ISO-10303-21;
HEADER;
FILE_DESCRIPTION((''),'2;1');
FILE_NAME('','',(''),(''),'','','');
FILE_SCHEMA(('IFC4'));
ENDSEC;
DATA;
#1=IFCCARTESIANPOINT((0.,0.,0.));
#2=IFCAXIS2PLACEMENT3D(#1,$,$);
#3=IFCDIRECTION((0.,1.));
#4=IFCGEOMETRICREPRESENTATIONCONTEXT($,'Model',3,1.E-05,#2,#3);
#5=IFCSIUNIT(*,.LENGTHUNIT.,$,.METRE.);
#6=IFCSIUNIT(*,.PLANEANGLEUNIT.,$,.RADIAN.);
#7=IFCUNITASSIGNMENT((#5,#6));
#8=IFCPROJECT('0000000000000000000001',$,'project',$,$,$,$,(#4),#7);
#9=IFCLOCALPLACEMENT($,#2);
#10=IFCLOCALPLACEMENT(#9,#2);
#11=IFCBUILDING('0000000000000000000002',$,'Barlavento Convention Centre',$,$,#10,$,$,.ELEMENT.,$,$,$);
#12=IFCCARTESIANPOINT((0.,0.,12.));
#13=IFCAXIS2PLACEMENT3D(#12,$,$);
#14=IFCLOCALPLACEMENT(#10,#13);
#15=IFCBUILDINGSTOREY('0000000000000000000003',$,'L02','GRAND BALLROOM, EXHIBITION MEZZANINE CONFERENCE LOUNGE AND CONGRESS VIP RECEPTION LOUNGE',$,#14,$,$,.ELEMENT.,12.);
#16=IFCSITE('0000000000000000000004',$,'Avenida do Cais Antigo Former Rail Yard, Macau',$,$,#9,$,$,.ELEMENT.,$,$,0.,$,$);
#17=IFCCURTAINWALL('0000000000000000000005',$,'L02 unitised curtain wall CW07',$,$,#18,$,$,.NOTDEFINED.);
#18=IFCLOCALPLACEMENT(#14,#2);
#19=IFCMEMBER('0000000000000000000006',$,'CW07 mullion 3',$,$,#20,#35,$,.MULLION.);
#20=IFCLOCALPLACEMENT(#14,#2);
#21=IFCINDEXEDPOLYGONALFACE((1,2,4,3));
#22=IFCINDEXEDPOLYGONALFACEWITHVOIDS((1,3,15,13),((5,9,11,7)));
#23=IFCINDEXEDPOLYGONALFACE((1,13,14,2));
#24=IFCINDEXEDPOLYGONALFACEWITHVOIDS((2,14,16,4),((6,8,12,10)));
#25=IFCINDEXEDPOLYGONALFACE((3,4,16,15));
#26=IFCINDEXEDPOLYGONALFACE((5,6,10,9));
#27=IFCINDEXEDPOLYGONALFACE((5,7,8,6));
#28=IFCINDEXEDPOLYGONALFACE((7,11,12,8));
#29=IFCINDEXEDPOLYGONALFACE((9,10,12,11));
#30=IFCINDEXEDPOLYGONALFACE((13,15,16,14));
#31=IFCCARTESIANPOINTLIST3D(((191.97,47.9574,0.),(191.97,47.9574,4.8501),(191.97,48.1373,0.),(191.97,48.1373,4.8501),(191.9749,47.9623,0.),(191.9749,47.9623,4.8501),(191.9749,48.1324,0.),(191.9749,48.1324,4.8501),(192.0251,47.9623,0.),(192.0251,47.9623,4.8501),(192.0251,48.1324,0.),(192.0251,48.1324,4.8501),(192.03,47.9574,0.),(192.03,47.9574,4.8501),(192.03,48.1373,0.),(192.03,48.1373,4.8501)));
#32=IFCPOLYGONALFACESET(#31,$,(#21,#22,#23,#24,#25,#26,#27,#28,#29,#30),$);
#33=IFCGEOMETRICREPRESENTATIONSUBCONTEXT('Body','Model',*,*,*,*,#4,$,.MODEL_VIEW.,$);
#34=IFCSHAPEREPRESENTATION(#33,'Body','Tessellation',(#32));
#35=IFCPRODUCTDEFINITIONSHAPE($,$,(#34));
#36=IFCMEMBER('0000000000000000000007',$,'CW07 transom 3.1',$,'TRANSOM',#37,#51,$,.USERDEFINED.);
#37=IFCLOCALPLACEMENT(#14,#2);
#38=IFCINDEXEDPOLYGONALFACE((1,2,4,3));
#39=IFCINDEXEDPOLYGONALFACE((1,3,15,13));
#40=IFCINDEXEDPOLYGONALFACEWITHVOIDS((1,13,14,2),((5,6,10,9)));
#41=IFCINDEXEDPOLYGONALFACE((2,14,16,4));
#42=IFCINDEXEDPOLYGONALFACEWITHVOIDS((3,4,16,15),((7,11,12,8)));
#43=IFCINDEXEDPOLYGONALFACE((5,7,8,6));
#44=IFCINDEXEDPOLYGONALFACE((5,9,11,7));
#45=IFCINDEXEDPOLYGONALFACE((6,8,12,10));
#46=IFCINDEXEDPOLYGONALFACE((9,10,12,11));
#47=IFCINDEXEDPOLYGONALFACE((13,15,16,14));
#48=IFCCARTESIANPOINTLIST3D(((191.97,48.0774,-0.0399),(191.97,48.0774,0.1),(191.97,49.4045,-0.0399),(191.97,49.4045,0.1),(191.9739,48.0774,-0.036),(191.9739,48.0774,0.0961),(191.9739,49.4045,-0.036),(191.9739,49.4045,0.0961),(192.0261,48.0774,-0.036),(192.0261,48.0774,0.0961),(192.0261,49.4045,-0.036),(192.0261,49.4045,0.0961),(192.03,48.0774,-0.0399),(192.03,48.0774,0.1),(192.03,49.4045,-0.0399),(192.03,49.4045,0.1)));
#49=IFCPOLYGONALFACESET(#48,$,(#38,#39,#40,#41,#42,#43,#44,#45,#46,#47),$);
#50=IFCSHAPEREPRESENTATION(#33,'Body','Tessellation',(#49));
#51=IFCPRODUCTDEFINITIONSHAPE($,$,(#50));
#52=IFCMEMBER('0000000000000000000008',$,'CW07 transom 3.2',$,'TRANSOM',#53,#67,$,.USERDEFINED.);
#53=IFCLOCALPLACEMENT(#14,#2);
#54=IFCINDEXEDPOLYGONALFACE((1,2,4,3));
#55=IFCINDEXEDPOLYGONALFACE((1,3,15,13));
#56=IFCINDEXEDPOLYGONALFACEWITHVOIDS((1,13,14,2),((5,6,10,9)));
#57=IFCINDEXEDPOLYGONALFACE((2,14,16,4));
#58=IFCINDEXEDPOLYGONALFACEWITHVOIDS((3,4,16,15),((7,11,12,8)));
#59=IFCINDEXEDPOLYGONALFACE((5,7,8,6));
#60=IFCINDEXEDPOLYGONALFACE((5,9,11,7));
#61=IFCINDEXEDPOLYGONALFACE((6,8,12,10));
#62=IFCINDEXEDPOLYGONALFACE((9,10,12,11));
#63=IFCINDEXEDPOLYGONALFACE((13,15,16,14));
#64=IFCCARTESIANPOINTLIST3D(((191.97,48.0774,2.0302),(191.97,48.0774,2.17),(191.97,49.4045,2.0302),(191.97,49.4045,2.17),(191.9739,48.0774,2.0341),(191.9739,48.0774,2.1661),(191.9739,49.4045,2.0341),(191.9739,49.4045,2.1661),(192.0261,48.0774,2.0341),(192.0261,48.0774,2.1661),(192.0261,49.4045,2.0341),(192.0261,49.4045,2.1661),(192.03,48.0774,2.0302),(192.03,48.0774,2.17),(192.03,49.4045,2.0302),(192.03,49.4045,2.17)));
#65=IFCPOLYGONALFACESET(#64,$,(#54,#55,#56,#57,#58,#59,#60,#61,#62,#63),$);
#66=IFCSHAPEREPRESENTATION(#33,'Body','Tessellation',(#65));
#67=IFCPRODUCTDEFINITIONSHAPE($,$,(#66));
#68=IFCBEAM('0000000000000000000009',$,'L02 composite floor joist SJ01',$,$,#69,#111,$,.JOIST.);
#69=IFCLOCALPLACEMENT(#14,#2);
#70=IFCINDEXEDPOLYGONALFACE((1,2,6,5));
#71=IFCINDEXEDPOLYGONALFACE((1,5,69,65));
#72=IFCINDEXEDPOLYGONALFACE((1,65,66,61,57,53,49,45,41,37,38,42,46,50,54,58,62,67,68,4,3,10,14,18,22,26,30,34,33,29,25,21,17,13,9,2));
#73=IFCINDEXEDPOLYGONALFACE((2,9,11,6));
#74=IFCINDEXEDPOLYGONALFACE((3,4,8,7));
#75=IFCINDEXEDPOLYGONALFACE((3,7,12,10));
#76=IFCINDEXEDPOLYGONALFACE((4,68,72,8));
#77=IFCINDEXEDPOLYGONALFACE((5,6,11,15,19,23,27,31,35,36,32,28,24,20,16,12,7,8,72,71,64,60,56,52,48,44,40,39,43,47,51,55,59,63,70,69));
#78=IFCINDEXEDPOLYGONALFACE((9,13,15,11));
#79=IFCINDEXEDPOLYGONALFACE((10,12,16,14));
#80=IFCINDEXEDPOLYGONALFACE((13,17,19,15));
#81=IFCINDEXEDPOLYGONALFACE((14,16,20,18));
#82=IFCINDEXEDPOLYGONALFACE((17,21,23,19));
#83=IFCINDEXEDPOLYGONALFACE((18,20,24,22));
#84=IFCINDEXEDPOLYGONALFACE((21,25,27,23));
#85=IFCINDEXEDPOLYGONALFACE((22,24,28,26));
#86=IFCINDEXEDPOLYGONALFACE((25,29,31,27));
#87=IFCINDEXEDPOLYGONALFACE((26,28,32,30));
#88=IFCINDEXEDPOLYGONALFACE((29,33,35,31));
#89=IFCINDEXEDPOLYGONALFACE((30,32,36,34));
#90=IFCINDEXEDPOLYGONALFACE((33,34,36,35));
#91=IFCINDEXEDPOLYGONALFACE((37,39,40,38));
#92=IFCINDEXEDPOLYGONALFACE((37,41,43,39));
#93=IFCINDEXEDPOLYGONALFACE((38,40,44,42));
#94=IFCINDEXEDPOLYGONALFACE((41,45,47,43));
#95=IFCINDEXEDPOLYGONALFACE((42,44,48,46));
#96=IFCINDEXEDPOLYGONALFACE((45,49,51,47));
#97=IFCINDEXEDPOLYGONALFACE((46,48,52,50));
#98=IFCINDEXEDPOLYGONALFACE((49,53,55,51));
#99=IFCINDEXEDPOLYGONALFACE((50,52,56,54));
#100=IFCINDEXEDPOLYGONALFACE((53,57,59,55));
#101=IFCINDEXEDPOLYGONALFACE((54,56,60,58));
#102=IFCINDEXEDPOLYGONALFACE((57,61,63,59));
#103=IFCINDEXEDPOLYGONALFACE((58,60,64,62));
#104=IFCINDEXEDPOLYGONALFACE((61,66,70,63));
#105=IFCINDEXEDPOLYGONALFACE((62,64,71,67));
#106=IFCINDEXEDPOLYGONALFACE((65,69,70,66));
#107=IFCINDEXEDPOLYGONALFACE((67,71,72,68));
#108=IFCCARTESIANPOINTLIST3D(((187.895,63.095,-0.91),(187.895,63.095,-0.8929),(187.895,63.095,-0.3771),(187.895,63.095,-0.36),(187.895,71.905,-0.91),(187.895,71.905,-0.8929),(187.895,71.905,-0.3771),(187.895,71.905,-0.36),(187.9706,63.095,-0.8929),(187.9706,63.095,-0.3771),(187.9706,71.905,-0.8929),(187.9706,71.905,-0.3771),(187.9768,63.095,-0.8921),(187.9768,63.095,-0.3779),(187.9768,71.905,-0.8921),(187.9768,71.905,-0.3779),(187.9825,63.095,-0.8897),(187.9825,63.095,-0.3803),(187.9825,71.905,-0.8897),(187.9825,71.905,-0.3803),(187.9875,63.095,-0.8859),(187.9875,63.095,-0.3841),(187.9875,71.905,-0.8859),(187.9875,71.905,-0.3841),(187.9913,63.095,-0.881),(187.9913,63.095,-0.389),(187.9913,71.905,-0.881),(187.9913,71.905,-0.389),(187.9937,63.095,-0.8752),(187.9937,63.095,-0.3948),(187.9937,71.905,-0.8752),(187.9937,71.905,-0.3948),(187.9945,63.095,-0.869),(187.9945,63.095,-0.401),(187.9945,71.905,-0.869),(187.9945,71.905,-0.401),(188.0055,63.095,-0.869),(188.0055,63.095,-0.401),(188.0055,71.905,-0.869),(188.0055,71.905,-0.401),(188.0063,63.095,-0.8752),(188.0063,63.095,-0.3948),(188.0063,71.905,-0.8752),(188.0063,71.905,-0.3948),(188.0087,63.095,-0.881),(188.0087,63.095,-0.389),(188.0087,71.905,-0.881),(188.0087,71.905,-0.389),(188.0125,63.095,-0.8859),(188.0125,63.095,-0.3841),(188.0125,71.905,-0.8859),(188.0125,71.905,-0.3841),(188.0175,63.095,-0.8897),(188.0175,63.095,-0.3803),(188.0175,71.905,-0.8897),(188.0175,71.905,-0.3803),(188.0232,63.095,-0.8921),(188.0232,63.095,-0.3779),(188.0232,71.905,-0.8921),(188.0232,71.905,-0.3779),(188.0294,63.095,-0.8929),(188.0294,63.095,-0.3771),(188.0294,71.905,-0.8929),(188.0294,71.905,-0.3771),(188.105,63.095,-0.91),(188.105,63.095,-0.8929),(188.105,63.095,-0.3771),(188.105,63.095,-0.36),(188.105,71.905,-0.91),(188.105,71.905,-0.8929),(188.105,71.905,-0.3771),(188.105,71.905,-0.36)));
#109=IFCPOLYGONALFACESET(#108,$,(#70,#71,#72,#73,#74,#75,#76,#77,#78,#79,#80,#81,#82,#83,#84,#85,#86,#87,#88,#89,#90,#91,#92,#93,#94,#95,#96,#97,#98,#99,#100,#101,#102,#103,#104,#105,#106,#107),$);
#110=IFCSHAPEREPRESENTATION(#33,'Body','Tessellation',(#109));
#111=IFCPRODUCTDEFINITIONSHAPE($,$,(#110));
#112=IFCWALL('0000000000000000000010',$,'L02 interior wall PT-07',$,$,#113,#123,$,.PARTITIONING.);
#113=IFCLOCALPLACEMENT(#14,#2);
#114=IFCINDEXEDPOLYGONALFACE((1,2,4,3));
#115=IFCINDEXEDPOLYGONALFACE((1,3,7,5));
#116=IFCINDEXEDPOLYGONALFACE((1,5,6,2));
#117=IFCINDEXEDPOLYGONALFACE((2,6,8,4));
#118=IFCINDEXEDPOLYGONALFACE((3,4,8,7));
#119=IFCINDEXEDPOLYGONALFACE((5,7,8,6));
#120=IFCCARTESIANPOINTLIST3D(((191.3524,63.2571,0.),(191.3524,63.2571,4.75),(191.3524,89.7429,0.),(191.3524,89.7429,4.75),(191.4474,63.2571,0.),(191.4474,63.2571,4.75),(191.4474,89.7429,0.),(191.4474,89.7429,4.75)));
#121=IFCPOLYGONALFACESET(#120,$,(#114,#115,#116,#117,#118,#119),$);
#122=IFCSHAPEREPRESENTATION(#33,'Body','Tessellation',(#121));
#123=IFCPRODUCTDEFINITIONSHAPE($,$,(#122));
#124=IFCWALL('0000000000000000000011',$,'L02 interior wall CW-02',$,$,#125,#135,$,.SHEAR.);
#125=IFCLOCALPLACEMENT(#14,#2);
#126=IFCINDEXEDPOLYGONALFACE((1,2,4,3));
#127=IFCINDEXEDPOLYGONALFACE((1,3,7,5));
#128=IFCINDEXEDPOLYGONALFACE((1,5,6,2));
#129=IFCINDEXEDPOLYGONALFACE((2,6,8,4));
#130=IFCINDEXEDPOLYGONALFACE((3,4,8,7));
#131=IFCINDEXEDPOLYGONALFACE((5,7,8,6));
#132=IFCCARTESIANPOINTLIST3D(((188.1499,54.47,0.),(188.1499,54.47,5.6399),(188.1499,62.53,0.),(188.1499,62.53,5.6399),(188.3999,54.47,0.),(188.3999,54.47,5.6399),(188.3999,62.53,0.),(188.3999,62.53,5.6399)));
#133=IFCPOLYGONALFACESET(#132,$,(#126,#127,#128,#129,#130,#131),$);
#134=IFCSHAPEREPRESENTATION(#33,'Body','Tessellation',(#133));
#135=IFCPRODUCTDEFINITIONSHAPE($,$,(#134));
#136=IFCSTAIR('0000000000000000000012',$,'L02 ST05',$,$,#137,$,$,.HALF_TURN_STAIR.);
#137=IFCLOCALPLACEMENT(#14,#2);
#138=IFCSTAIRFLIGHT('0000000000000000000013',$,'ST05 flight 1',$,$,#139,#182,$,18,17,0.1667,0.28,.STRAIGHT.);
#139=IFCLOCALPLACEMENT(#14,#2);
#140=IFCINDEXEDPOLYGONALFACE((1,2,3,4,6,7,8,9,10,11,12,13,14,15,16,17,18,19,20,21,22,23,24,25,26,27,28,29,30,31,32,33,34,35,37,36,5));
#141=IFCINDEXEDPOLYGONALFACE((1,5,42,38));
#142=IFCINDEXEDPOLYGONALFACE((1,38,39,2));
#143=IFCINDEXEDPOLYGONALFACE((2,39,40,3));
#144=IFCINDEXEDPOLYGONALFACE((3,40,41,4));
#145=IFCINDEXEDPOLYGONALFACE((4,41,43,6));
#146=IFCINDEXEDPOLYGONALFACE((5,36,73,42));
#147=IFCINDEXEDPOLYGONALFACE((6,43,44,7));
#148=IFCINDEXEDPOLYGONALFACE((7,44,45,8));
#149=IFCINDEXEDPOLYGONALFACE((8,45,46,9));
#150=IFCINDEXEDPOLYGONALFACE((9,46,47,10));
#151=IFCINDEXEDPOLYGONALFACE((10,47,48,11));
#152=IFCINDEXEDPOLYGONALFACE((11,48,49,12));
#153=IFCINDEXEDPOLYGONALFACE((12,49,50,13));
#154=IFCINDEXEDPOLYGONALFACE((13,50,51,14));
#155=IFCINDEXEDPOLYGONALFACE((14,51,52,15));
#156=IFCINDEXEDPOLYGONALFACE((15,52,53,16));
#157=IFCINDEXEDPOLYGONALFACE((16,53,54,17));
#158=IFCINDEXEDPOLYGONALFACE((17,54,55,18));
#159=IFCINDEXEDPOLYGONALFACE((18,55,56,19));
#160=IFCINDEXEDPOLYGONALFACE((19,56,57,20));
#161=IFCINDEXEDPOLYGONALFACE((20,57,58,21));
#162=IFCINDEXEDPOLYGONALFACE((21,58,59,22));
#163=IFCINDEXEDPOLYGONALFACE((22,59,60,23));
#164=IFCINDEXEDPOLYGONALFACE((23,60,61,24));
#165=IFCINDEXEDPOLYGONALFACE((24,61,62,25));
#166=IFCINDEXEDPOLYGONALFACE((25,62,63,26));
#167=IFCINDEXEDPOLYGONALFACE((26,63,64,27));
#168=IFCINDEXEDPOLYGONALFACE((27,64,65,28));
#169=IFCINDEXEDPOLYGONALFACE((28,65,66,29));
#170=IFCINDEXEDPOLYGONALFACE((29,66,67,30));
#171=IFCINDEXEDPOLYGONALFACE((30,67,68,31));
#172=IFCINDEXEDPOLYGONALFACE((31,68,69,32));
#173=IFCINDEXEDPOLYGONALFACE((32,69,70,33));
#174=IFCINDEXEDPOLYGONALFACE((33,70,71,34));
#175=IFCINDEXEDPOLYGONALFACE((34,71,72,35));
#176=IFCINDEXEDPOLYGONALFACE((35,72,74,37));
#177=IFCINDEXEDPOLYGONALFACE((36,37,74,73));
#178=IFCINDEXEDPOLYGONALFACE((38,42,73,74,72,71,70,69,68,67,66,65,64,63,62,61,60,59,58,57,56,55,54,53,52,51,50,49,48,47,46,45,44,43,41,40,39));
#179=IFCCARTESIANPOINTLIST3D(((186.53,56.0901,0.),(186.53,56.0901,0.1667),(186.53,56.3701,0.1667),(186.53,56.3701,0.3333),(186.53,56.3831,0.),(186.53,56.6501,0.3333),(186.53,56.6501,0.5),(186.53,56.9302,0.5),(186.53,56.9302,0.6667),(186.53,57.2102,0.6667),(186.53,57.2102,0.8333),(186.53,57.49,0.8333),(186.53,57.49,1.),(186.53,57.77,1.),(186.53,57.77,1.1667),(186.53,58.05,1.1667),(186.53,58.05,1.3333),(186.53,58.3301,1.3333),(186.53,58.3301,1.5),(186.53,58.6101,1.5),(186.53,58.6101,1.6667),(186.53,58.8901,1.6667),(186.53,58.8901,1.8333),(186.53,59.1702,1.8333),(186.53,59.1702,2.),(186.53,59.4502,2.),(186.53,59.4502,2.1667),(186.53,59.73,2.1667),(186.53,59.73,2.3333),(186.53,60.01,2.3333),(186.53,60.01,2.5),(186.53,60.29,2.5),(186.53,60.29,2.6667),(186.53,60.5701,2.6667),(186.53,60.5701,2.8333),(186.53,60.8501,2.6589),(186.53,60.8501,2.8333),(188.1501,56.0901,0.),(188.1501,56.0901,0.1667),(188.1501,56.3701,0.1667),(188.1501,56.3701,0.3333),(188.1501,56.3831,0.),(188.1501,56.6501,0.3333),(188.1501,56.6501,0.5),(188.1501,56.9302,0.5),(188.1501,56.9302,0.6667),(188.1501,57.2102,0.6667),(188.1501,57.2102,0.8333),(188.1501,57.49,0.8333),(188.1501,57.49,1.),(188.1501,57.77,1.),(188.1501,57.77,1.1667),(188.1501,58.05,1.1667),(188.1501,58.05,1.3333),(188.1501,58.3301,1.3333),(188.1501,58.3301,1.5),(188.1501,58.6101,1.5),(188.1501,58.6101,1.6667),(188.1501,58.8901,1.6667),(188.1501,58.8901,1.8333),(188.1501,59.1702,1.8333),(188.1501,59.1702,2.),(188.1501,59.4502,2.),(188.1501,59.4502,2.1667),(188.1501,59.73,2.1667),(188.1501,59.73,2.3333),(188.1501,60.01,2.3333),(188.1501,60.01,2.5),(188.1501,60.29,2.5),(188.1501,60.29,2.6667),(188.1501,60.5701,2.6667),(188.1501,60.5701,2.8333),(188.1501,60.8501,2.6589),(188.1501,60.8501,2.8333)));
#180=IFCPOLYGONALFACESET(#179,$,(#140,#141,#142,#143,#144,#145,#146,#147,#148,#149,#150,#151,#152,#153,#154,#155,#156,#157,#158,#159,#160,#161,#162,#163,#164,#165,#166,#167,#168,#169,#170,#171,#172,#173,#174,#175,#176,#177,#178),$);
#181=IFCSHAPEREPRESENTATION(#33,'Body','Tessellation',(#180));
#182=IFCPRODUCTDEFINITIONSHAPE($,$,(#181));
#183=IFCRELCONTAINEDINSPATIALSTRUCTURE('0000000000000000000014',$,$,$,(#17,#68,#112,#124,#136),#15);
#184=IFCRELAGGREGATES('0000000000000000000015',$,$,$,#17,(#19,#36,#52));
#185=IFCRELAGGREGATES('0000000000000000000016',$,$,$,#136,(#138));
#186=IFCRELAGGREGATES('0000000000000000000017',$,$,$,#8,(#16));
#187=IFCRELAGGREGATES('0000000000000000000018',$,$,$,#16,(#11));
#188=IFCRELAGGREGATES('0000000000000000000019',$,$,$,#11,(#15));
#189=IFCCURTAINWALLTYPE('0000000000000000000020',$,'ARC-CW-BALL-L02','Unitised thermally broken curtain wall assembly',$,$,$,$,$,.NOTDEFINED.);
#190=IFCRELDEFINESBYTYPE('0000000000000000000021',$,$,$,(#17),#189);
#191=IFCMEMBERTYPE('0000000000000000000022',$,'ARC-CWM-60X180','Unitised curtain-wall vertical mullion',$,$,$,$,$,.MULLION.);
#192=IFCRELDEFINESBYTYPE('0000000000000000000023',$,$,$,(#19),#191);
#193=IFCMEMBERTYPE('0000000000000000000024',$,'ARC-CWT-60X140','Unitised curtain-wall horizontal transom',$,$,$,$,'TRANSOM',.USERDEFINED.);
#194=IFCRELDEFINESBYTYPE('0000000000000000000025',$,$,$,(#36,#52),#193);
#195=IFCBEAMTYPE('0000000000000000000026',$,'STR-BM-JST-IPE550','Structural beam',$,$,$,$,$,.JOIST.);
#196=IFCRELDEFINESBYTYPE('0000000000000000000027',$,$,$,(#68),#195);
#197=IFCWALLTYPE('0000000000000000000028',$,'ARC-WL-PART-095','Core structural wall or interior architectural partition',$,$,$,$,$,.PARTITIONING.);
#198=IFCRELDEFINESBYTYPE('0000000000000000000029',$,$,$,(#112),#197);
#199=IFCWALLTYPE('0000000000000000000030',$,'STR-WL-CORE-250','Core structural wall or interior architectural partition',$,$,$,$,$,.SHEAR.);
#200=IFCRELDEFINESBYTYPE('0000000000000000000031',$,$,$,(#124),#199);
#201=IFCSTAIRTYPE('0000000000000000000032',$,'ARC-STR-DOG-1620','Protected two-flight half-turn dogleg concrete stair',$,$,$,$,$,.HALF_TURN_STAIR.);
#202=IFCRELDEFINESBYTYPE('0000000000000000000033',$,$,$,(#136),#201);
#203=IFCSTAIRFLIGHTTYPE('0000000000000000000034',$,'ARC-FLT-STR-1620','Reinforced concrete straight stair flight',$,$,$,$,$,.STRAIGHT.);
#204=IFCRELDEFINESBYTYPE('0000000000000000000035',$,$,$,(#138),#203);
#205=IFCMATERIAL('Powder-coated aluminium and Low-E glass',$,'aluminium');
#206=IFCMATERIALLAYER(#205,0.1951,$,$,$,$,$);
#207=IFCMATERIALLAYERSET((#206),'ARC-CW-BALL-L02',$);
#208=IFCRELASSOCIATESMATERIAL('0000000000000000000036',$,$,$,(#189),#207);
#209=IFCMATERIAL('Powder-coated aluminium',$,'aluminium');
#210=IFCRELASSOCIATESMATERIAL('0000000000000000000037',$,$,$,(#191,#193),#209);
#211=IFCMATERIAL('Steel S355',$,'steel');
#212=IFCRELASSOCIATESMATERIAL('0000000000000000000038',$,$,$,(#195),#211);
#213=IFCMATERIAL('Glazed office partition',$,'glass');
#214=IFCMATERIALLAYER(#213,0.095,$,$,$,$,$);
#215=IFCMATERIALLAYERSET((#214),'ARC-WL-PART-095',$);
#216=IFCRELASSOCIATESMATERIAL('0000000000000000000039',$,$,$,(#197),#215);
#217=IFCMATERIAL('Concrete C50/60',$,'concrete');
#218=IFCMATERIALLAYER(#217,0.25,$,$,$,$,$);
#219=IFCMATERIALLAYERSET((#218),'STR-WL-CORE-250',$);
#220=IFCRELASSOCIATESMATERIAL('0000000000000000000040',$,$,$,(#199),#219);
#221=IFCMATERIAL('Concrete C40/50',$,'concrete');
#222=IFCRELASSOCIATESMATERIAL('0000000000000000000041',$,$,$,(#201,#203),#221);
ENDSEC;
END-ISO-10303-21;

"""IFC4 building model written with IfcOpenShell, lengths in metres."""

from ifc_helpers import new_model, si_unit, direction, frame, frame_2d, origin, origin_2d, place, context, subcontext, project, spatial, polyline, rectangle, hollow_rectangle, i_section, outline, extrude, material, layer, layer_set, material_profile, profile_set, type_object, element, aggregate, save


model = new_model("IFC4")

# Units and contexts
model_context = context("Model", 3, precision=1e-05, world=origin(), true_north=direction((0.0, 1.0)))
body_context = subcontext(model_context, "Body", "Model", "MODEL_VIEW")
ifc_project = project(units=[si_unit("LENGTHUNIT", "METRE"), si_unit("PLANEANGLEUNIT", "RADIAN")], contexts=[model_context])

# Site, building, storey
site_placement = place(None, origin())
site = spatial("IfcSite", under=ifc_project, at=site_placement, Name="Avenida do Cais Antigo Former Rail Yard, Macau", CompositionType="ELEMENT", RefElevation=0.0)
building_placement = place(site_placement, origin())
building = spatial("IfcBuilding", under=site, at=building_placement, Name="Barlavento Convention Centre", CompositionType="ELEMENT")
storey_placement = place(building_placement, frame((0.0, 0.0, 12.0)))
storey = spatial("IfcBuildingStorey", under=building, at=storey_placement, Name="L02", Description="GRAND BALLROOM, EXHIBITION MEZZANINE CONFERENCE LOUNGE AND CONGRESS VIP RECEPTION LOUNGE", CompositionType="ELEMENT", Elevation=12.0)

# Curtain wall, members
ifc_material_1 = material(Name="Powder-coated aluminium and Low-E glass", Category="aluminium")
ifc_layer_1 = layer(ifc_material_1, 0.1951)
ifc_layer_set_1 = layer_set([ifc_layer_1], Name="ARC-CW-BALL-L02")
curtain_wall_type = type_object("IfcCurtainWallType", Name="ARC-CW-BALL-L02", Description="Unitised thermally broken curtain wall assembly", PredefinedType="NOTDEFINED", material=ifc_layer_set_1)
curtain_wall_placement = place(storey_placement, origin())
curtain_wall = element("IfcCurtainWall", 1, at=curtain_wall_placement, inside=storey, type_object=curtain_wall_type, Name="L02 unitised curtain wall CW07", PredefinedType="NOTDEFINED")
ifc_material_2 = material(Name="Powder-coated aluminium", Category="aluminium")
ifc_material_profile_1 = material_profile(ifc_material_2, hollow_rectangle(XDim=0.0601, YDim=0.1799, WallThickness=0.0049, at=origin_2d()), Name="AL-MULL 60x180x5")
ifc_profile_set_1 = profile_set([ifc_material_profile_1], Name="Powder-coated aluminium")
member_type_1 = type_object("IfcMemberType", Name="ARC-CWM-60X180", Description="Unitised curtain-wall vertical mullion", PredefinedType="MULLION", material=ifc_profile_set_1)
member_1_placement = place(storey_placement, frame((192.0, 48.0474, 0.0), z_axis=(0.0, 0.0, 1.0), x_axis=(-1.0, 0.0, 0.0)))
member_1 = element("IfcMember", 2, at=member_1_placement, type_object=member_type_1, Name="CW07 mullion 3", PredefinedType="MULLION", context=body_context, shape_type="SweptSolid", body=[
    extrude(hollow_rectangle(XDim=0.0601, YDim=0.1799, WallThickness=0.0049, at=origin_2d()), origin(), (0.0, 0.0, 1.0), 4.8501),
])
ifc_material_profile_2 = material_profile(ifc_material_2, hollow_rectangle(XDim=0.0601, YDim=0.1399, WallThickness=0.0039, at=origin_2d()), Name="AL-TRAN 60x140x4")
ifc_profile_set_2 = profile_set([ifc_material_profile_2], Name="Powder-coated aluminium")
member_type_2 = type_object("IfcMemberType", Name="ARC-CWT-60X140", Description="Unitised curtain-wall horizontal transom", ElementType="TRANSOM", PredefinedType="USERDEFINED", material=ifc_profile_set_2)
member_2_placement = place(storey_placement, frame((192.0, 48.0774, 0.03), z_axis=(0.0, 1.0, 0.0), x_axis=(-1.0, 0.0, 0.0)))
member_2 = element("IfcMember", 3, at=member_2_placement, type_object=member_type_2, Name="CW07 transom 3.1", ObjectType="TRANSOM", PredefinedType="USERDEFINED", context=body_context, shape_type="SweptSolid", body=[
    extrude(hollow_rectangle(XDim=0.0601, YDim=0.1399, WallThickness=0.0039, at=origin_2d()), origin(), (0.0, 0.0, 1.0), 1.3271),
])
member_3_placement = place(storey_placement, frame((192.0, 48.0774, 2.1001), z_axis=(0.0, 1.0, 0.0), x_axis=(-1.0, 0.0, 0.0)))
member_3 = element("IfcMember", 4, at=member_3_placement, type_object=member_type_2, Name="CW07 transom 3.2", ObjectType="TRANSOM", PredefinedType="USERDEFINED", context=body_context, shape_type="SweptSolid", body=[
    extrude(hollow_rectangle(XDim=0.0601, YDim=0.1399, WallThickness=0.0039, at=origin_2d()), origin(), (0.0, 0.0, 1.0), 1.3271),
])
aggregate(curtain_wall, [member_1, member_2, member_3])

# Beam
ifc_material_3 = material(Name="Steel S355", Category="steel")
ifc_material_profile_3 = material_profile(ifc_material_3, i_section(OverallWidth=0.21, OverallDepth=0.55, WebThickness=0.011, FlangeThickness=0.0171, FilletRadius=0.0239, at=origin_2d()), Name="IPE 550")
ifc_profile_set_3 = profile_set([ifc_material_profile_3], Name="Steel S355")
beam_type = type_object("IfcBeamType", Name="STR-BM-JST-IPE550", Description="Structural beam", PredefinedType="JOIST", material=ifc_profile_set_3)
beam_placement = place(storey_placement, frame((188.0, 63.095, -0.635), z_axis=(0.0, 1.0, 0.0), x_axis=(-1.0, 0.0, 0.0)))
element("IfcBeam", 5, at=beam_placement, inside=storey, type_object=beam_type, Name="L02 composite floor joist SJ01", PredefinedType="JOIST", context=body_context, shape_type="SweptSolid", body=[
    extrude(i_section(OverallWidth=0.21, OverallDepth=0.55, WebThickness=0.011, FlangeThickness=0.0171, FilletRadius=0.0239, at=origin_2d()), origin(), (0.0, 0.0, 1.0), 8.8101),
])

# Walls
ifc_material_4 = material(Name="Glazed office partition", Category="glass")
ifc_layer_2 = layer(ifc_material_4, 0.095)
ifc_layer_set_2 = layer_set([ifc_layer_2], Name="ARC-WL-PART-095")
wall_type_1 = type_object("IfcWallType", Name="ARC-WL-PART-095", Description="Core structural wall or interior architectural partition", PredefinedType="PARTITIONING", material=ifc_layer_set_2)
wall_1_placement = place(storey_placement, frame((191.3999, 63.2571, 0.0), z_axis=(0.0, 0.0, 1.0), x_axis=(0.0, 1.0, 0.0)))
element("IfcWall", 6, at=wall_1_placement, inside=storey, type_object=wall_type_1, Name="L02 interior wall PT-07", PredefinedType="PARTITIONING", context=body_context, shape_type="SweptSolid", body=[
    extrude(rectangle(XDim=26.4858, YDim=0.095, at=frame_2d((13.2429, 0.0))), origin(), (0.0, 0.0, 1.0), 4.75),
])
ifc_material_5 = material(Name="Concrete C50/60", Category="concrete")
ifc_layer_3 = layer(ifc_material_5, 0.25)
ifc_layer_set_3 = layer_set([ifc_layer_3], Name="STR-WL-CORE-250")
wall_type_2 = type_object("IfcWallType", Name="STR-WL-CORE-250", Description="Core structural wall or interior architectural partition", PredefinedType="SHEAR", material=ifc_layer_set_3)
wall_2_placement = place(storey_placement, frame((188.2749, 54.47, 0.0), z_axis=(0.0, 0.0, 1.0), x_axis=(0.0, 1.0, 0.0)))
element("IfcWall", 7, at=wall_2_placement, inside=storey, type_object=wall_type_2, Name="L02 interior wall CW-02", PredefinedType="SHEAR", context=body_context, shape_type="SweptSolid", body=[
    extrude(rectangle(XDim=8.0601, YDim=0.25, at=frame_2d((4.03, 0.0))), origin(), (0.0, 0.0, 1.0), 5.6399),
])

# Stair, stair flight
ifc_material_6 = material(Name="Concrete C40/50", Category="concrete")
stair_type = type_object("IfcStairType", Name="ARC-STR-DOG-1620", Description="Protected two-flight half-turn dogleg concrete stair", PredefinedType="HALF_TURN_STAIR", material=ifc_material_6)
stair_placement = place(storey_placement, origin())
stair = element("IfcStair", 8, at=stair_placement, inside=storey, type_object=stair_type, Name="L02 ST05", PredefinedType="HALF_TURN_STAIR")
stair_flight_type = type_object("IfcStairFlightType", Name="ARC-FLT-STR-1620", Description="Reinforced concrete straight stair flight", PredefinedType="STRAIGHT", material=ifc_material_6)
stair_flight_1_placement = place(storey_placement, frame((187.3401, 56.0901, 0.0), z_axis=(0.0, 0.0, 1.0), x_axis=(0.0, 1.0, 0.0)))
stair_flight_1 = element("IfcStairFlight", 9, at=stair_flight_1_placement, type_object=stair_flight_type, Name="ST05 flight 1", NumberOfRisers=18, NumberOfTreads=17, PredefinedType="STRAIGHT", RiserHeight=0.1667, TreadLength=0.28, context=body_context, shape_type="SweptSolid", body=[
    extrude(outline(polyline([(0.0, 0.0), (0.0, 0.1667), (0.28, 0.1667), (0.28, 0.3333), (0.5601, 0.3333), (0.5601, 0.5), (0.8401, 0.5), (0.8401, 0.6667), (1.1201, 0.6667), (1.1201, 0.8333), (1.3999, 0.8333), (1.3999, 1.0), (1.6799, 1.0), (1.6799, 1.1667), (1.96, 1.1667), (1.96, 1.3333), (2.24, 1.3333), (2.24, 1.5), (2.52, 1.5), (2.52, 1.6667), (2.8, 1.6667), (2.8, 1.8333), (3.0801, 1.8333), (3.0801, 2.0), (3.3601, 2.0), (3.3601, 2.1667), (3.6399, 2.1667), (3.6399, 2.3333), (3.9199, 2.3333), (3.9199, 2.5), (4.2, 2.5), (4.2, 2.6667), (4.48, 2.6667), (4.48, 2.8333), (4.76, 2.8333), (4.76, 3.0), (4.76, 2.6589), (0.293, 0.0), (0.0, 0.0)])), frame((0.0, 0.8101, 0.0), z_axis=(0.0, -1.0, 0.0), x_axis=(1.0, 0.0, 0.0)), (0.0, 0.0, 1.0), 1.6201),
])
aggregate(stair, [stair_flight_1])

save(model, "model.ifc")
